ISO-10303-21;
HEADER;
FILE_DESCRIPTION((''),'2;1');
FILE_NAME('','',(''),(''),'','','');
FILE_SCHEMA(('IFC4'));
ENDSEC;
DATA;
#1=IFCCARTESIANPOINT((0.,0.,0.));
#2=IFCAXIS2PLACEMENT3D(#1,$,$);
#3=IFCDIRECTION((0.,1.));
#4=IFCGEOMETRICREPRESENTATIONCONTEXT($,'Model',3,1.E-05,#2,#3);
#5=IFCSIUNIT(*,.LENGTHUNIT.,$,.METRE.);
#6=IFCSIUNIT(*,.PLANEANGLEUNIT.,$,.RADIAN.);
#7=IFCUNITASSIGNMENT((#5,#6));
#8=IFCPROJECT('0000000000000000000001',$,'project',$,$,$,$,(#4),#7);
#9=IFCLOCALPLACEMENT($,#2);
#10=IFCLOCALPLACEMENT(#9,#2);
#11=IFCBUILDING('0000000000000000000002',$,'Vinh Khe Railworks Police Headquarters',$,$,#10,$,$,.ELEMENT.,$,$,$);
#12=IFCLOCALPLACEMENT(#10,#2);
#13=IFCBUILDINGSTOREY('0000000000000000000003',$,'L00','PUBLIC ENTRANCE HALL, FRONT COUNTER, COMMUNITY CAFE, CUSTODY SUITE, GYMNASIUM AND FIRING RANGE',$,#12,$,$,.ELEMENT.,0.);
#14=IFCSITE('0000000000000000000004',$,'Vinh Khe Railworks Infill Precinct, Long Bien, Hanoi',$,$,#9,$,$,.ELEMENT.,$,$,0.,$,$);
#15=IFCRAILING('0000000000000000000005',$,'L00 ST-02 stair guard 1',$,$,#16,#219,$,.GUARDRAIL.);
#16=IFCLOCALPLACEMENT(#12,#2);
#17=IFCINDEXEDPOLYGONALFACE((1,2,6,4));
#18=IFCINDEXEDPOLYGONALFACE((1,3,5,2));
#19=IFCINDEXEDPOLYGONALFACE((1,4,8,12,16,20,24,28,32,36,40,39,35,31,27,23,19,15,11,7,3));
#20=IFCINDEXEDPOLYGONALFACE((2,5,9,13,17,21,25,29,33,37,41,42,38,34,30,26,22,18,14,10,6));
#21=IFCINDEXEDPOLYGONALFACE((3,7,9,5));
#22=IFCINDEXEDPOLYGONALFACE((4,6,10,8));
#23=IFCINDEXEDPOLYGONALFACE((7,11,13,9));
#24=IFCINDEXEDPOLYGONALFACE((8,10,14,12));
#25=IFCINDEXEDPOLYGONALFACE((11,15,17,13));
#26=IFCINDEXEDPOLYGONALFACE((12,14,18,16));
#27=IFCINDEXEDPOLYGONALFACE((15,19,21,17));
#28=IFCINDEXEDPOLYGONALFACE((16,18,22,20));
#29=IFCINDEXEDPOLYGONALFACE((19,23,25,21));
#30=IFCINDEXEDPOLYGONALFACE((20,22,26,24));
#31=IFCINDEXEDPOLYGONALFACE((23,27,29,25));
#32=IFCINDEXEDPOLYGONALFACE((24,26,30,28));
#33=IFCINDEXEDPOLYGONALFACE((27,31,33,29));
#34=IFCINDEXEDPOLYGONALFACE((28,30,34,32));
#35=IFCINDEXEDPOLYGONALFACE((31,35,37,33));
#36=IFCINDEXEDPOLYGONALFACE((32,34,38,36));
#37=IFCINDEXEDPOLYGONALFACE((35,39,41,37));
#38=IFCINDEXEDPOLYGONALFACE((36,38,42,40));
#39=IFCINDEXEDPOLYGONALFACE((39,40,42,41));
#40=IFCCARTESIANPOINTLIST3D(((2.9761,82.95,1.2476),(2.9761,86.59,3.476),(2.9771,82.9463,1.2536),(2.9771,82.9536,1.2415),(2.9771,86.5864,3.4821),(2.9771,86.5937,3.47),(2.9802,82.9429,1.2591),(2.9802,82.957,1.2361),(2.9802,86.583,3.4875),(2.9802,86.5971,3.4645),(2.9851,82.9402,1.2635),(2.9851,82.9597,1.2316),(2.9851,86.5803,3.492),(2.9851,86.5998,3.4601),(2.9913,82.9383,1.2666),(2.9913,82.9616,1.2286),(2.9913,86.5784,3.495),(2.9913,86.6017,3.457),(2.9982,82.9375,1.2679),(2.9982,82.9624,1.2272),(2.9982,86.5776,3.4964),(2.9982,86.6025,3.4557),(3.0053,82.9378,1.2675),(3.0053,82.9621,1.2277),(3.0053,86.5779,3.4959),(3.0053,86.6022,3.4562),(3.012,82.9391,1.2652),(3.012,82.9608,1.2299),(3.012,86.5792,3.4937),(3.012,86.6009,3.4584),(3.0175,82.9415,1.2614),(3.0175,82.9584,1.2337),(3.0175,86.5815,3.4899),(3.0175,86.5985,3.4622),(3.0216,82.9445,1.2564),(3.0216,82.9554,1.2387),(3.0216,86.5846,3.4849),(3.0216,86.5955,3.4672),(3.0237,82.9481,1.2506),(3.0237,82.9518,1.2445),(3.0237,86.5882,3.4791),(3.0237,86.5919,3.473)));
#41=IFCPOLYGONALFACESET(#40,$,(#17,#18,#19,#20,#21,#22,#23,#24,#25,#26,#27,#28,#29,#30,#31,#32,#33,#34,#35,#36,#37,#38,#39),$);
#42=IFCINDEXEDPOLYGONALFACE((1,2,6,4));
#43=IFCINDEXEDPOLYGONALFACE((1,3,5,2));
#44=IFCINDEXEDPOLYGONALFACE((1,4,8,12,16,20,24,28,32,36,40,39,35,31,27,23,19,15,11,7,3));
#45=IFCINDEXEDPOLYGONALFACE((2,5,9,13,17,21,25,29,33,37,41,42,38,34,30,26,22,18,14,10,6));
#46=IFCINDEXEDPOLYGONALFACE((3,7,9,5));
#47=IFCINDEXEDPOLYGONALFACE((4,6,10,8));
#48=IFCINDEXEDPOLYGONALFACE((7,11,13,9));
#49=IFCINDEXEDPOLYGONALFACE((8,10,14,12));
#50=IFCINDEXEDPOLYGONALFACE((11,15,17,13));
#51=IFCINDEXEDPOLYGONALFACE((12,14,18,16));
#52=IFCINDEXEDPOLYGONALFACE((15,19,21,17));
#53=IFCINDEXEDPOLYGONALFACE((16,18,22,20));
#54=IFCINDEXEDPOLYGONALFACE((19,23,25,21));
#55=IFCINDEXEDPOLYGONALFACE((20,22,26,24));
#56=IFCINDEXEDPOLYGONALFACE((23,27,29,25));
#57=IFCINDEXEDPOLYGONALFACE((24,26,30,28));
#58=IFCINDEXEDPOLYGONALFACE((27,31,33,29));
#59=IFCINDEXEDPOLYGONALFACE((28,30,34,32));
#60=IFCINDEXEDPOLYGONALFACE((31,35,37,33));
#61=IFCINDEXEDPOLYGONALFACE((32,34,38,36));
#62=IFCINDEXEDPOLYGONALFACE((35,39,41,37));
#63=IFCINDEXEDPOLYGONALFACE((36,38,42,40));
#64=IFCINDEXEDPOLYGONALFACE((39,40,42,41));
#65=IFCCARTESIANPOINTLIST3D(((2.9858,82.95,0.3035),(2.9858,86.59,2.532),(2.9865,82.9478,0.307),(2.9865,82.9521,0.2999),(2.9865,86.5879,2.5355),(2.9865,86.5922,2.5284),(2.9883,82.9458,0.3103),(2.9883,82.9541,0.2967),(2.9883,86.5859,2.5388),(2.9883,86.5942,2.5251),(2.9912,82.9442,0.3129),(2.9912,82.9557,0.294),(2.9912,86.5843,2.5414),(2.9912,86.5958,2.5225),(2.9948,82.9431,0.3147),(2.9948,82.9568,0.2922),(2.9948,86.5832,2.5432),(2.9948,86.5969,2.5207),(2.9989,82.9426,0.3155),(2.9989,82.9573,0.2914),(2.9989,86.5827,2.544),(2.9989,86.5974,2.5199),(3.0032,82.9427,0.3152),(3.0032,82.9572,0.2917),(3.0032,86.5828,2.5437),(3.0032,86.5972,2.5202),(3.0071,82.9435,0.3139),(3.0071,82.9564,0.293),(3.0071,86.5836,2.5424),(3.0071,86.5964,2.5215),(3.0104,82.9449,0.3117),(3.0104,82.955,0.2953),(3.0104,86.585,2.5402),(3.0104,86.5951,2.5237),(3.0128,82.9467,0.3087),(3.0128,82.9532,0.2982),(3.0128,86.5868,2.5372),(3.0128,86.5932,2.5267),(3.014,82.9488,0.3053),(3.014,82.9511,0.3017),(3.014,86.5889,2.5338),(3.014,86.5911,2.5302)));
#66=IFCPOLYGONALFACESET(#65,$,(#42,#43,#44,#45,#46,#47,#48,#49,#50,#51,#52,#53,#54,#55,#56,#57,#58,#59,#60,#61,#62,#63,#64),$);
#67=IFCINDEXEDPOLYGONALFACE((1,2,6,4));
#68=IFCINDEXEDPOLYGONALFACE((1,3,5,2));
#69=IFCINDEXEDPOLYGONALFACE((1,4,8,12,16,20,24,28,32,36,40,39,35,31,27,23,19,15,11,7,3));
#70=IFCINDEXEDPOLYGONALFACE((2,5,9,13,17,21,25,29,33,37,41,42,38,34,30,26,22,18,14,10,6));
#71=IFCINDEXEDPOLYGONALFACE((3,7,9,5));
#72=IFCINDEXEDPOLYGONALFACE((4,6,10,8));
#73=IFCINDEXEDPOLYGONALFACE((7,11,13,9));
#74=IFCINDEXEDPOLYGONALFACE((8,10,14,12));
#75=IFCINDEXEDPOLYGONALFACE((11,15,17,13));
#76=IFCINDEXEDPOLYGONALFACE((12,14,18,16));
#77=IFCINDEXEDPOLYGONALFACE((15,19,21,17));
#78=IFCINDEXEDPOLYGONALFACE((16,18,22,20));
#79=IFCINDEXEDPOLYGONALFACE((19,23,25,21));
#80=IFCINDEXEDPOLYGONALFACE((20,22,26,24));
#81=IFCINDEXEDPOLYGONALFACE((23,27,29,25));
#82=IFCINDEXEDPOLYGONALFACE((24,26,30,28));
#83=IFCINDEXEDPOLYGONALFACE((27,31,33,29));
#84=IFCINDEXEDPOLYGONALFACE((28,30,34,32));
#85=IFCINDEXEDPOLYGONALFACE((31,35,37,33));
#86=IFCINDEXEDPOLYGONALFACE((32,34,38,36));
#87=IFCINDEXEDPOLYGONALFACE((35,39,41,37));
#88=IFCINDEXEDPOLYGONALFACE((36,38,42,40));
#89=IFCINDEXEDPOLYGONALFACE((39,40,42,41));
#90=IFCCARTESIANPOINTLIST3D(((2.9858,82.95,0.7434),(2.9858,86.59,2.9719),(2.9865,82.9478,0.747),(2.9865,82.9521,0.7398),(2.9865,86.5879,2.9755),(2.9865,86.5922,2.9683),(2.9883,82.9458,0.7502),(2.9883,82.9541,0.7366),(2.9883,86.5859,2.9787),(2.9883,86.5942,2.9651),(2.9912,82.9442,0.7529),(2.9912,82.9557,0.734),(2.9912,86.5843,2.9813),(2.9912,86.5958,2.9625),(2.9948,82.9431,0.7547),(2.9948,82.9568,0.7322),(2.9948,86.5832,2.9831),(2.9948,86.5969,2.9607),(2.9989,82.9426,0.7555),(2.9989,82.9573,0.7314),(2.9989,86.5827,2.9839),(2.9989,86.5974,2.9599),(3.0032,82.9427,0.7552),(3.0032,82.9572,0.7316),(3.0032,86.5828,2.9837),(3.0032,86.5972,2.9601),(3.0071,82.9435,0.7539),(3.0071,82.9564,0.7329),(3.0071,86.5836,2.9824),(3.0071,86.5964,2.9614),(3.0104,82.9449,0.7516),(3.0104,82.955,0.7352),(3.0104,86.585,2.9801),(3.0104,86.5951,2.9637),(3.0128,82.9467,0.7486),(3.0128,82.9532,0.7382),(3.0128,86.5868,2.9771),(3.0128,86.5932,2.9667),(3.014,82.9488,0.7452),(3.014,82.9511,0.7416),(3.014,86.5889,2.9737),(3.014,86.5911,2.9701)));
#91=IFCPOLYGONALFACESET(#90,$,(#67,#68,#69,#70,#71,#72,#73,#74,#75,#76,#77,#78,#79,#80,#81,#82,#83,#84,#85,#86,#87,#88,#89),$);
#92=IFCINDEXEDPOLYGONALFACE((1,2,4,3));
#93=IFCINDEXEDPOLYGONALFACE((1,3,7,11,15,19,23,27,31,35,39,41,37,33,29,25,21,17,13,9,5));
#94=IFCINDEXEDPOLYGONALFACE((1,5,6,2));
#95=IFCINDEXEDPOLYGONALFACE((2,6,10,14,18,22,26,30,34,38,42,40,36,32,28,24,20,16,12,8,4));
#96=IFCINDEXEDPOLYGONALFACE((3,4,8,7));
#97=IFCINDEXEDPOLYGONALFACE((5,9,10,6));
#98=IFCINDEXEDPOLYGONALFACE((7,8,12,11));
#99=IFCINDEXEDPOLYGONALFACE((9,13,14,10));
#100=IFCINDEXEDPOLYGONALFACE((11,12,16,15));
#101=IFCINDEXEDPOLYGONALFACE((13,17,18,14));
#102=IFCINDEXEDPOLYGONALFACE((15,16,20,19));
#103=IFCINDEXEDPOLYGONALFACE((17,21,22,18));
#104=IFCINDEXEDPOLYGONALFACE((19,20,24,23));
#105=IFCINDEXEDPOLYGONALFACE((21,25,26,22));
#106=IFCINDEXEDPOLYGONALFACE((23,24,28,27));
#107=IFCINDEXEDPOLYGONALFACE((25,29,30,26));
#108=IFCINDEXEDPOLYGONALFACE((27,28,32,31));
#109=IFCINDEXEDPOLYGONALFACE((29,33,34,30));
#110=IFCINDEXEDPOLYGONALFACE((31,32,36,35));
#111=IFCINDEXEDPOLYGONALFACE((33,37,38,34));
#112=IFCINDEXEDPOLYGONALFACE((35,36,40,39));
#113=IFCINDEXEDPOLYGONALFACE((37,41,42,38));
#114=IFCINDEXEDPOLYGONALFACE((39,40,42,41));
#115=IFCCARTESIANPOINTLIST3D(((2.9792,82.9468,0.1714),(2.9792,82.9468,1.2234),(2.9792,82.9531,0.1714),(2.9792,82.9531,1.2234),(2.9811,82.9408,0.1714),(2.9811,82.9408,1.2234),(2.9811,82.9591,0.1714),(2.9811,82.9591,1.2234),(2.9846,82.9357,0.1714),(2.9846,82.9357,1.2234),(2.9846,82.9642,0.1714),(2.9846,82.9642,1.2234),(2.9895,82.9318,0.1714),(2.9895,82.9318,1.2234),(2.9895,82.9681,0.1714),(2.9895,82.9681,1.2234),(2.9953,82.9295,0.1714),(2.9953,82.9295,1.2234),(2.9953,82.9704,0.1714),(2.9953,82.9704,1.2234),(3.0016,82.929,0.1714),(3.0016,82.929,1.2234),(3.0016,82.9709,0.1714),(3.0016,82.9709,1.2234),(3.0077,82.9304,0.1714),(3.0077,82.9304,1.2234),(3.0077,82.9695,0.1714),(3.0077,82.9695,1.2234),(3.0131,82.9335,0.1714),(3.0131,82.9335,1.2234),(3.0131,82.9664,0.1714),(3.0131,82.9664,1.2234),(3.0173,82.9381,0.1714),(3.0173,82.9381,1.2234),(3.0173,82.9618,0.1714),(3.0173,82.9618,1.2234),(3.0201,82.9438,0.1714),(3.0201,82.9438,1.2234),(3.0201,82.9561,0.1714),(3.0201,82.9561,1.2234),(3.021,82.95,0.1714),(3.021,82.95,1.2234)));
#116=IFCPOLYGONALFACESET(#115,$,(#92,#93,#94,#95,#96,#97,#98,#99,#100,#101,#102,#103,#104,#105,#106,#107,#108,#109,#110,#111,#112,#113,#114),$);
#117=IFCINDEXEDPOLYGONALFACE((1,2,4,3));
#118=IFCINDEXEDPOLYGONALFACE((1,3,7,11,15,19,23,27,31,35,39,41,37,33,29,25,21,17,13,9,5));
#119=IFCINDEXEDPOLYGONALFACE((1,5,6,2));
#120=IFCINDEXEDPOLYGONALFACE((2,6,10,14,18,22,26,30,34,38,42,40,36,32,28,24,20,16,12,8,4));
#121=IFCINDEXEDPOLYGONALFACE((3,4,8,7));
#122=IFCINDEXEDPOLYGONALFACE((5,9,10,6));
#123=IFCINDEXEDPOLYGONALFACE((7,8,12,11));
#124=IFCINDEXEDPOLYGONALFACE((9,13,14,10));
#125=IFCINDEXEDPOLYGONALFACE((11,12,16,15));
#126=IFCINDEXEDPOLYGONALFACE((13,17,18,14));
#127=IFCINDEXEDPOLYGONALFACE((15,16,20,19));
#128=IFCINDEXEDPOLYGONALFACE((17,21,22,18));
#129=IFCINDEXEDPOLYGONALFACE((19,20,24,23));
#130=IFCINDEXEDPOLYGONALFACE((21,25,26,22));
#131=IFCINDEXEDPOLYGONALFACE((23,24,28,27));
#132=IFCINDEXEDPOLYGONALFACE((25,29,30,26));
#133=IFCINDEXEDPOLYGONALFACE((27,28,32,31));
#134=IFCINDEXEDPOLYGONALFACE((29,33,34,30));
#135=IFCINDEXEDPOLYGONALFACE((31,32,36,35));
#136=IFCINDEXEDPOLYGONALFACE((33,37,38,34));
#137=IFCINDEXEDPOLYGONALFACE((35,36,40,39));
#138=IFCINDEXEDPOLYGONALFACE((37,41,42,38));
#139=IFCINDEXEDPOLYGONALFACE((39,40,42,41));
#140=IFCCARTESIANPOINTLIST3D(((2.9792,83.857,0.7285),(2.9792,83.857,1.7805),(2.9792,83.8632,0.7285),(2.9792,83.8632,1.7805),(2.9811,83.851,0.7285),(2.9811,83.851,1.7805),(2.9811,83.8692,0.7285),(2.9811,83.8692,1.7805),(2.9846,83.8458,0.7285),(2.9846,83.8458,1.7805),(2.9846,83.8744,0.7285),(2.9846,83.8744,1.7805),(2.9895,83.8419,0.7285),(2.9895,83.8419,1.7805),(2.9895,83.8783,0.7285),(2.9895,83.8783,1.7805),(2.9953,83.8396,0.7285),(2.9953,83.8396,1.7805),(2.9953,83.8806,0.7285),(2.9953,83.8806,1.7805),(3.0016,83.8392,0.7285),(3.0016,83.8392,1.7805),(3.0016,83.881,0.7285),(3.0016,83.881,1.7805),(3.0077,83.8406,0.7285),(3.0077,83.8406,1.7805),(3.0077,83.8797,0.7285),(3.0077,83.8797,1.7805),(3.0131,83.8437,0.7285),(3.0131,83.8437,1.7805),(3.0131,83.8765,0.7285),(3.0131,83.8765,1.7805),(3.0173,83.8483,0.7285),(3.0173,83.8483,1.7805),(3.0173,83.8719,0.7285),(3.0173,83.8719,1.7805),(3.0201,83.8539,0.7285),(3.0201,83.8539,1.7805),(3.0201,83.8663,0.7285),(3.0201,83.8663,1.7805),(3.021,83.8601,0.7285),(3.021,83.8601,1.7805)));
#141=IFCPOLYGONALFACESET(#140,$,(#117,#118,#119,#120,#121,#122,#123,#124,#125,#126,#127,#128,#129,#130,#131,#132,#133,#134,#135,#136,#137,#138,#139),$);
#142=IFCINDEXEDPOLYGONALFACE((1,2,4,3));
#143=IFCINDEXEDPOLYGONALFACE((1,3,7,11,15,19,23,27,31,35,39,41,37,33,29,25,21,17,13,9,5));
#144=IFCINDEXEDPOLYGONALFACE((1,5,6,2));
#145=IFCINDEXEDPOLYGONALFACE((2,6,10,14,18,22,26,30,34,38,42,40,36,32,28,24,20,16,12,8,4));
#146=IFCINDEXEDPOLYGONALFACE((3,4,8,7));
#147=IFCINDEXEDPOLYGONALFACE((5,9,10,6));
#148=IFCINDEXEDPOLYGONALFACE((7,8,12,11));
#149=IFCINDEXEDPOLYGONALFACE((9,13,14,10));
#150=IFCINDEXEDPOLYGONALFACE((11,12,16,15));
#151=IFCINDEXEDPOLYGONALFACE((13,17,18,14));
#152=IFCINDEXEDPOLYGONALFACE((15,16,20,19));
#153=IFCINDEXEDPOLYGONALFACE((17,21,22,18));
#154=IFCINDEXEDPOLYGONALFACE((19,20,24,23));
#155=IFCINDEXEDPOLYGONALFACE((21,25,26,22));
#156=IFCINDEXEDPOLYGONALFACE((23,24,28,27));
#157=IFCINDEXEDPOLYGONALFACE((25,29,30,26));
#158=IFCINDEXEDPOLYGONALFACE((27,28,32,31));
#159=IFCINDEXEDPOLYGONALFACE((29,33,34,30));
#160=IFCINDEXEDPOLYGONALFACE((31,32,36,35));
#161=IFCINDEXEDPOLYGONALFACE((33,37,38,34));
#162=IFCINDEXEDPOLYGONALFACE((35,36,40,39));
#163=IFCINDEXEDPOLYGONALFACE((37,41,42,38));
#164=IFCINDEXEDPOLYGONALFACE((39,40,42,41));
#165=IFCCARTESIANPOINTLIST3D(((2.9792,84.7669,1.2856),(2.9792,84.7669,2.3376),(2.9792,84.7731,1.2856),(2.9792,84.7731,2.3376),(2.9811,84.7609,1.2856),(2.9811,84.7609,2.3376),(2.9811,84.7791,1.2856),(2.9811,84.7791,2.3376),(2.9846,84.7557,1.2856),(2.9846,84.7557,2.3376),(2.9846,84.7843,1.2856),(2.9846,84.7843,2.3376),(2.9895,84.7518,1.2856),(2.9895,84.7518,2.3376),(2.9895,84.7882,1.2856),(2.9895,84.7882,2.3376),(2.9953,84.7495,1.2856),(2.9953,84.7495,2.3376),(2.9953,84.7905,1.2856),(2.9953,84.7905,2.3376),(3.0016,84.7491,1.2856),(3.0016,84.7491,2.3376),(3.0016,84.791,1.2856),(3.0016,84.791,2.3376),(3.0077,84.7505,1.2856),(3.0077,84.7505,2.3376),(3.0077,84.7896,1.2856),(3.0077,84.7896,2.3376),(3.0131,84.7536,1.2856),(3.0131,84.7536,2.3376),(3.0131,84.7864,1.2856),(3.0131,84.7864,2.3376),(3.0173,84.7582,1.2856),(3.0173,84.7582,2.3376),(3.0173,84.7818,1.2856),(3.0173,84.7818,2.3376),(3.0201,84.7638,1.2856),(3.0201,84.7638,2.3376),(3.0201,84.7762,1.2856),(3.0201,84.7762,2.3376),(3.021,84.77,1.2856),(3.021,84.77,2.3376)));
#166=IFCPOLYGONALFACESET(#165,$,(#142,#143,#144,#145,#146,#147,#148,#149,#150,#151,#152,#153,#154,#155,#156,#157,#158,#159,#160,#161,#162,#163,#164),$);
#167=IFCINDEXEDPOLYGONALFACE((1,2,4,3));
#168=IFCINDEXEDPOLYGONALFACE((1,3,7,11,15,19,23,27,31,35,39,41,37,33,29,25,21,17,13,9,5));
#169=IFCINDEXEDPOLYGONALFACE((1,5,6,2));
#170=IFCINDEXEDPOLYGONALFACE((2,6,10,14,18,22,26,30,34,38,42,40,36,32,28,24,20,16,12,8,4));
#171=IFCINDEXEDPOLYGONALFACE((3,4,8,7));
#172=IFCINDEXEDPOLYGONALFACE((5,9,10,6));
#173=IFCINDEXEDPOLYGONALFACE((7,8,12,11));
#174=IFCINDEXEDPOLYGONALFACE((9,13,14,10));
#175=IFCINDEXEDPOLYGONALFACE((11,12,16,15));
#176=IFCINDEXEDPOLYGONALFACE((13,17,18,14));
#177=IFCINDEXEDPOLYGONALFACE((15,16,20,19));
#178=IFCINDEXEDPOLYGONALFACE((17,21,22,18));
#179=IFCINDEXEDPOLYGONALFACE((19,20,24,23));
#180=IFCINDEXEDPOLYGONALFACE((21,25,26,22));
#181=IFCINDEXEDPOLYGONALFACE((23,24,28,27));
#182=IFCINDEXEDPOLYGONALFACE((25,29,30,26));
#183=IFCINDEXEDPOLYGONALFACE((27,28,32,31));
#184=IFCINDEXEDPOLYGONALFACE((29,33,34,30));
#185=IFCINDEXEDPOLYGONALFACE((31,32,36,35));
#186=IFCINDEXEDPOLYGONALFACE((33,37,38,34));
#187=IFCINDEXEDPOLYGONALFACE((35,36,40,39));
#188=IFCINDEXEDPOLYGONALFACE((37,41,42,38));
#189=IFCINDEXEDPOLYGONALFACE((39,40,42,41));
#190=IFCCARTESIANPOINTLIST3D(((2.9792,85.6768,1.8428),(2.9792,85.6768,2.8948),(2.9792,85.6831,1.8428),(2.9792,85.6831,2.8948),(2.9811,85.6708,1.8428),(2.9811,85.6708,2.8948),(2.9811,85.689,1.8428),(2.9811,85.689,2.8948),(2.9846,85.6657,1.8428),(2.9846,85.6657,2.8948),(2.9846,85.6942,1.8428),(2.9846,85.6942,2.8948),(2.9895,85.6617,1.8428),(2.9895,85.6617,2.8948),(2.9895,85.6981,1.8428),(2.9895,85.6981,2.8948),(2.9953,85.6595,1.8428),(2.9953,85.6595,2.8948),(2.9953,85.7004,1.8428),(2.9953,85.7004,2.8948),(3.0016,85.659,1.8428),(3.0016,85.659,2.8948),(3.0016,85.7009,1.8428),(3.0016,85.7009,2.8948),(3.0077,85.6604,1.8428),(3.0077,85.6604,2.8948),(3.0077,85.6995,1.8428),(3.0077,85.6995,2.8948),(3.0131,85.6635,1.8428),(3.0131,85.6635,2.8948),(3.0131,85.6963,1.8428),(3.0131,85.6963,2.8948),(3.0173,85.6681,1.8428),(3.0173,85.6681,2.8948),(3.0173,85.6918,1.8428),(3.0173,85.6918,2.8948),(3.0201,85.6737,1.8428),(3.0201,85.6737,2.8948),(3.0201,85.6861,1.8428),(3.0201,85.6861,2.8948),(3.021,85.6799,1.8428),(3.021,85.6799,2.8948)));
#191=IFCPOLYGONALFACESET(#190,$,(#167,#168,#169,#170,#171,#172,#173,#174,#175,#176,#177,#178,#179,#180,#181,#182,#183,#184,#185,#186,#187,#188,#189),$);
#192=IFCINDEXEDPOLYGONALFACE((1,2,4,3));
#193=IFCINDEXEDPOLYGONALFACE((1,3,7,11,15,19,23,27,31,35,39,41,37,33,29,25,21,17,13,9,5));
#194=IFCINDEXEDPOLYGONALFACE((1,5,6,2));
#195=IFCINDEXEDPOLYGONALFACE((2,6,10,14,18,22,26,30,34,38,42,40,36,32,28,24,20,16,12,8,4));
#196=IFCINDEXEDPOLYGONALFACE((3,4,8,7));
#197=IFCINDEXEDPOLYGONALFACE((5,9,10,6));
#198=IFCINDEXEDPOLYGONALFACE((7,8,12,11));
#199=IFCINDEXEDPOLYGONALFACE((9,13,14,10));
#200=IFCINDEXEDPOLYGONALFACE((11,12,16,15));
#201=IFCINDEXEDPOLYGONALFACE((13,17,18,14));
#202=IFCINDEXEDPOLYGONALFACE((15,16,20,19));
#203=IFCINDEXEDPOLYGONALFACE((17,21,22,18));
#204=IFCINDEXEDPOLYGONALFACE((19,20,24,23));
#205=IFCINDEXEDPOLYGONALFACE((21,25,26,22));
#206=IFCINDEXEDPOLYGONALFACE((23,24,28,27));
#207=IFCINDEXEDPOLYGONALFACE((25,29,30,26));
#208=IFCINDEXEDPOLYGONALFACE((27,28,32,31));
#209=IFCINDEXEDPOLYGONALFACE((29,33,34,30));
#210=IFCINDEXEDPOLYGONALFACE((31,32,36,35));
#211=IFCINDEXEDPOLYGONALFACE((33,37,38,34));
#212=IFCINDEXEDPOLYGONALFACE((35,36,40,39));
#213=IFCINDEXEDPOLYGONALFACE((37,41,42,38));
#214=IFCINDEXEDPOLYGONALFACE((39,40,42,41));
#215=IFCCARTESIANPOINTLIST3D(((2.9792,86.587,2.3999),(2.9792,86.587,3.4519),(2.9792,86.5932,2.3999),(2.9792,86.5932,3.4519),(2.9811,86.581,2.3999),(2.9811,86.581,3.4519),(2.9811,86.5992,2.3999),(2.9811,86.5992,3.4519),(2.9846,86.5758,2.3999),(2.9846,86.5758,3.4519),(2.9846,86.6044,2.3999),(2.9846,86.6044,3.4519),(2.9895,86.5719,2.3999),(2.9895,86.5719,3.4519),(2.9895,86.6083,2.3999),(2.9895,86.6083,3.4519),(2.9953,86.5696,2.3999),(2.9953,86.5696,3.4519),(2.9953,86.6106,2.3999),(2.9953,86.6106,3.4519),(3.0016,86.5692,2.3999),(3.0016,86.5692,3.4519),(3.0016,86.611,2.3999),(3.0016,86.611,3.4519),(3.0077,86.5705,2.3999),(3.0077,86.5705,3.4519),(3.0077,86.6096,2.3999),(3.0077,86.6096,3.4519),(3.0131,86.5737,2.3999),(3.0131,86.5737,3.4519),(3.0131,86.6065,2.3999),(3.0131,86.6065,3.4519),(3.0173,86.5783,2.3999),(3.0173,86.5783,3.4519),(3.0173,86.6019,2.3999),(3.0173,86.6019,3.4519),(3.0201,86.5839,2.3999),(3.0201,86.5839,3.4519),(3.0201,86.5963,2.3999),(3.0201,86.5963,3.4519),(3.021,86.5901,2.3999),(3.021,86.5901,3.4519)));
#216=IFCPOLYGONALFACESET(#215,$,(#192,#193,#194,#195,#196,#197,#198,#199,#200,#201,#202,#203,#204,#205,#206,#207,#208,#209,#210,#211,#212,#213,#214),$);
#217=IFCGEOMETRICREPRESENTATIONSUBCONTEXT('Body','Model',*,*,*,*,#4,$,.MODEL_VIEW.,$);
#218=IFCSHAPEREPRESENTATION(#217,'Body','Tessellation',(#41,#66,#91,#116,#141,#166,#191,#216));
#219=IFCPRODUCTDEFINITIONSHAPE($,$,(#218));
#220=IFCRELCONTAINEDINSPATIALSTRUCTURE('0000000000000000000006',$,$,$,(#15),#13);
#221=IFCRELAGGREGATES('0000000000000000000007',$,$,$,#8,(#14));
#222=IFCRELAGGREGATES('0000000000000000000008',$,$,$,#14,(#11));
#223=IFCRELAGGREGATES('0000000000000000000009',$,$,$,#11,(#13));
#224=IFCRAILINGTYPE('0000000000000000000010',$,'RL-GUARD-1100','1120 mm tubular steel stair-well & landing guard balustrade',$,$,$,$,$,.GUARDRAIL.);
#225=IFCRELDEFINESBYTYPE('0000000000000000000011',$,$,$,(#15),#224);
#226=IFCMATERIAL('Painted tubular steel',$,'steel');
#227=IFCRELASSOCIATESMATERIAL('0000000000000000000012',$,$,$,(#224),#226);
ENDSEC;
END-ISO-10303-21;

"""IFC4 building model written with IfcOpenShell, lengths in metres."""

from ifc_helpers import new_model, si_unit, direction, frame, origin, origin_2d, place, context, subcontext, project, spatial, circle, extrude, material, type_object, element, save


model = new_model("IFC4")

# Units and contexts
model_context = context("Model", 3, precision=1e-05, world=origin(), true_north=direction((0.0, 1.0)))
body_context = subcontext(model_context, "Body", "Model", "MODEL_VIEW")
ifc_project = project(units=[si_unit("LENGTHUNIT", "METRE"), si_unit("PLANEANGLEUNIT", "RADIAN")], contexts=[model_context])

# Site, building, storey
site_placement = place(None, origin())
site = spatial("IfcSite", under=ifc_project, at=site_placement, Name="Vinh Khe Railworks Infill Precinct, Long Bien, Hanoi", CompositionType="ELEMENT", RefElevation=0.0)
building_placement = place(site_placement, origin())
building = spatial("IfcBuilding", under=site, at=building_placement, Name="Vinh Khe Railworks Police Headquarters", CompositionType="ELEMENT")
storey_placement = place(building_placement, origin())
storey = spatial("IfcBuildingStorey", under=building, at=storey_placement, Name="L00", Description="PUBLIC ENTRANCE HALL, FRONT COUNTER, COMMUNITY CAFE, CUSTODY SUITE, GYMNASIUM AND FIRING RANGE", CompositionType="ELEMENT", Elevation=0.0)

# Railing
ifc_material_1 = material(Name="Painted tubular steel", Category="steel")
railing_type_1 = type_object("IfcRailingType", Name="RL-GUARD-1100", Description="1120 mm tubular steel stair-well & landing guard balustrade", PredefinedType="GUARDRAIL", material=ifc_material_1)
railing_1_placement = place(storey_placement, frame((3.0, 82.95, 0.1714)))
element("IfcRailing", 1, at=railing_1_placement, inside=storey, type_object=railing_type_1, Name="L00 ST-02 stair guard 1", PredefinedType="GUARDRAIL", context=body_context, shape_type="SweptSolid", body=[
    extrude(circle(Radius=0.0239, at=origin_2d()), frame((0.0, 0.0, 1.0762), z_axis=(0.0, 0.852866, 0.52213), x_axis=(-1.0, 0.0, 0.0)), (0.0, 0.0, 1.0), 4.2681),
    extrude(circle(Radius=0.0142, at=origin_2d()), frame((0.0, 0.0, 0.1321), z_axis=(0.0, 0.852866, 0.52213), x_axis=(-1.0, 0.0, 0.0)), (0.0, 0.0, 1.0), 4.2681),
    extrude(circle(Radius=0.0142, at=origin_2d()), frame((0.0, 0.0, 0.572), z_axis=(0.0, 0.852866, 0.52213), x_axis=(-1.0, 0.0, 0.0)), (0.0, 0.0, 1.0), 4.2681),
    extrude(circle(Radius=0.021, at=origin_2d()), origin(), (0.0, 0.0, 1.0), 1.052),
    extrude(circle(Radius=0.021, at=origin_2d()), frame((0.0, 0.9102, 0.5571)), (0.0, 0.0, 1.0), 1.052),
    extrude(circle(Radius=0.021, at=origin_2d()), frame((0.0, 1.8201, 1.1143)), (0.0, 0.0, 1.0), 1.052),
    extrude(circle(Radius=0.021, at=origin_2d()), frame((0.0, 2.73, 1.6714)), (0.0, 0.0, 1.0), 1.052),
    extrude(circle(Radius=0.021, at=origin_2d()), frame((0.0, 3.6401, 2.2285)), (0.0, 0.0, 1.0), 1.052),
])

save(model, "model.ifc")
